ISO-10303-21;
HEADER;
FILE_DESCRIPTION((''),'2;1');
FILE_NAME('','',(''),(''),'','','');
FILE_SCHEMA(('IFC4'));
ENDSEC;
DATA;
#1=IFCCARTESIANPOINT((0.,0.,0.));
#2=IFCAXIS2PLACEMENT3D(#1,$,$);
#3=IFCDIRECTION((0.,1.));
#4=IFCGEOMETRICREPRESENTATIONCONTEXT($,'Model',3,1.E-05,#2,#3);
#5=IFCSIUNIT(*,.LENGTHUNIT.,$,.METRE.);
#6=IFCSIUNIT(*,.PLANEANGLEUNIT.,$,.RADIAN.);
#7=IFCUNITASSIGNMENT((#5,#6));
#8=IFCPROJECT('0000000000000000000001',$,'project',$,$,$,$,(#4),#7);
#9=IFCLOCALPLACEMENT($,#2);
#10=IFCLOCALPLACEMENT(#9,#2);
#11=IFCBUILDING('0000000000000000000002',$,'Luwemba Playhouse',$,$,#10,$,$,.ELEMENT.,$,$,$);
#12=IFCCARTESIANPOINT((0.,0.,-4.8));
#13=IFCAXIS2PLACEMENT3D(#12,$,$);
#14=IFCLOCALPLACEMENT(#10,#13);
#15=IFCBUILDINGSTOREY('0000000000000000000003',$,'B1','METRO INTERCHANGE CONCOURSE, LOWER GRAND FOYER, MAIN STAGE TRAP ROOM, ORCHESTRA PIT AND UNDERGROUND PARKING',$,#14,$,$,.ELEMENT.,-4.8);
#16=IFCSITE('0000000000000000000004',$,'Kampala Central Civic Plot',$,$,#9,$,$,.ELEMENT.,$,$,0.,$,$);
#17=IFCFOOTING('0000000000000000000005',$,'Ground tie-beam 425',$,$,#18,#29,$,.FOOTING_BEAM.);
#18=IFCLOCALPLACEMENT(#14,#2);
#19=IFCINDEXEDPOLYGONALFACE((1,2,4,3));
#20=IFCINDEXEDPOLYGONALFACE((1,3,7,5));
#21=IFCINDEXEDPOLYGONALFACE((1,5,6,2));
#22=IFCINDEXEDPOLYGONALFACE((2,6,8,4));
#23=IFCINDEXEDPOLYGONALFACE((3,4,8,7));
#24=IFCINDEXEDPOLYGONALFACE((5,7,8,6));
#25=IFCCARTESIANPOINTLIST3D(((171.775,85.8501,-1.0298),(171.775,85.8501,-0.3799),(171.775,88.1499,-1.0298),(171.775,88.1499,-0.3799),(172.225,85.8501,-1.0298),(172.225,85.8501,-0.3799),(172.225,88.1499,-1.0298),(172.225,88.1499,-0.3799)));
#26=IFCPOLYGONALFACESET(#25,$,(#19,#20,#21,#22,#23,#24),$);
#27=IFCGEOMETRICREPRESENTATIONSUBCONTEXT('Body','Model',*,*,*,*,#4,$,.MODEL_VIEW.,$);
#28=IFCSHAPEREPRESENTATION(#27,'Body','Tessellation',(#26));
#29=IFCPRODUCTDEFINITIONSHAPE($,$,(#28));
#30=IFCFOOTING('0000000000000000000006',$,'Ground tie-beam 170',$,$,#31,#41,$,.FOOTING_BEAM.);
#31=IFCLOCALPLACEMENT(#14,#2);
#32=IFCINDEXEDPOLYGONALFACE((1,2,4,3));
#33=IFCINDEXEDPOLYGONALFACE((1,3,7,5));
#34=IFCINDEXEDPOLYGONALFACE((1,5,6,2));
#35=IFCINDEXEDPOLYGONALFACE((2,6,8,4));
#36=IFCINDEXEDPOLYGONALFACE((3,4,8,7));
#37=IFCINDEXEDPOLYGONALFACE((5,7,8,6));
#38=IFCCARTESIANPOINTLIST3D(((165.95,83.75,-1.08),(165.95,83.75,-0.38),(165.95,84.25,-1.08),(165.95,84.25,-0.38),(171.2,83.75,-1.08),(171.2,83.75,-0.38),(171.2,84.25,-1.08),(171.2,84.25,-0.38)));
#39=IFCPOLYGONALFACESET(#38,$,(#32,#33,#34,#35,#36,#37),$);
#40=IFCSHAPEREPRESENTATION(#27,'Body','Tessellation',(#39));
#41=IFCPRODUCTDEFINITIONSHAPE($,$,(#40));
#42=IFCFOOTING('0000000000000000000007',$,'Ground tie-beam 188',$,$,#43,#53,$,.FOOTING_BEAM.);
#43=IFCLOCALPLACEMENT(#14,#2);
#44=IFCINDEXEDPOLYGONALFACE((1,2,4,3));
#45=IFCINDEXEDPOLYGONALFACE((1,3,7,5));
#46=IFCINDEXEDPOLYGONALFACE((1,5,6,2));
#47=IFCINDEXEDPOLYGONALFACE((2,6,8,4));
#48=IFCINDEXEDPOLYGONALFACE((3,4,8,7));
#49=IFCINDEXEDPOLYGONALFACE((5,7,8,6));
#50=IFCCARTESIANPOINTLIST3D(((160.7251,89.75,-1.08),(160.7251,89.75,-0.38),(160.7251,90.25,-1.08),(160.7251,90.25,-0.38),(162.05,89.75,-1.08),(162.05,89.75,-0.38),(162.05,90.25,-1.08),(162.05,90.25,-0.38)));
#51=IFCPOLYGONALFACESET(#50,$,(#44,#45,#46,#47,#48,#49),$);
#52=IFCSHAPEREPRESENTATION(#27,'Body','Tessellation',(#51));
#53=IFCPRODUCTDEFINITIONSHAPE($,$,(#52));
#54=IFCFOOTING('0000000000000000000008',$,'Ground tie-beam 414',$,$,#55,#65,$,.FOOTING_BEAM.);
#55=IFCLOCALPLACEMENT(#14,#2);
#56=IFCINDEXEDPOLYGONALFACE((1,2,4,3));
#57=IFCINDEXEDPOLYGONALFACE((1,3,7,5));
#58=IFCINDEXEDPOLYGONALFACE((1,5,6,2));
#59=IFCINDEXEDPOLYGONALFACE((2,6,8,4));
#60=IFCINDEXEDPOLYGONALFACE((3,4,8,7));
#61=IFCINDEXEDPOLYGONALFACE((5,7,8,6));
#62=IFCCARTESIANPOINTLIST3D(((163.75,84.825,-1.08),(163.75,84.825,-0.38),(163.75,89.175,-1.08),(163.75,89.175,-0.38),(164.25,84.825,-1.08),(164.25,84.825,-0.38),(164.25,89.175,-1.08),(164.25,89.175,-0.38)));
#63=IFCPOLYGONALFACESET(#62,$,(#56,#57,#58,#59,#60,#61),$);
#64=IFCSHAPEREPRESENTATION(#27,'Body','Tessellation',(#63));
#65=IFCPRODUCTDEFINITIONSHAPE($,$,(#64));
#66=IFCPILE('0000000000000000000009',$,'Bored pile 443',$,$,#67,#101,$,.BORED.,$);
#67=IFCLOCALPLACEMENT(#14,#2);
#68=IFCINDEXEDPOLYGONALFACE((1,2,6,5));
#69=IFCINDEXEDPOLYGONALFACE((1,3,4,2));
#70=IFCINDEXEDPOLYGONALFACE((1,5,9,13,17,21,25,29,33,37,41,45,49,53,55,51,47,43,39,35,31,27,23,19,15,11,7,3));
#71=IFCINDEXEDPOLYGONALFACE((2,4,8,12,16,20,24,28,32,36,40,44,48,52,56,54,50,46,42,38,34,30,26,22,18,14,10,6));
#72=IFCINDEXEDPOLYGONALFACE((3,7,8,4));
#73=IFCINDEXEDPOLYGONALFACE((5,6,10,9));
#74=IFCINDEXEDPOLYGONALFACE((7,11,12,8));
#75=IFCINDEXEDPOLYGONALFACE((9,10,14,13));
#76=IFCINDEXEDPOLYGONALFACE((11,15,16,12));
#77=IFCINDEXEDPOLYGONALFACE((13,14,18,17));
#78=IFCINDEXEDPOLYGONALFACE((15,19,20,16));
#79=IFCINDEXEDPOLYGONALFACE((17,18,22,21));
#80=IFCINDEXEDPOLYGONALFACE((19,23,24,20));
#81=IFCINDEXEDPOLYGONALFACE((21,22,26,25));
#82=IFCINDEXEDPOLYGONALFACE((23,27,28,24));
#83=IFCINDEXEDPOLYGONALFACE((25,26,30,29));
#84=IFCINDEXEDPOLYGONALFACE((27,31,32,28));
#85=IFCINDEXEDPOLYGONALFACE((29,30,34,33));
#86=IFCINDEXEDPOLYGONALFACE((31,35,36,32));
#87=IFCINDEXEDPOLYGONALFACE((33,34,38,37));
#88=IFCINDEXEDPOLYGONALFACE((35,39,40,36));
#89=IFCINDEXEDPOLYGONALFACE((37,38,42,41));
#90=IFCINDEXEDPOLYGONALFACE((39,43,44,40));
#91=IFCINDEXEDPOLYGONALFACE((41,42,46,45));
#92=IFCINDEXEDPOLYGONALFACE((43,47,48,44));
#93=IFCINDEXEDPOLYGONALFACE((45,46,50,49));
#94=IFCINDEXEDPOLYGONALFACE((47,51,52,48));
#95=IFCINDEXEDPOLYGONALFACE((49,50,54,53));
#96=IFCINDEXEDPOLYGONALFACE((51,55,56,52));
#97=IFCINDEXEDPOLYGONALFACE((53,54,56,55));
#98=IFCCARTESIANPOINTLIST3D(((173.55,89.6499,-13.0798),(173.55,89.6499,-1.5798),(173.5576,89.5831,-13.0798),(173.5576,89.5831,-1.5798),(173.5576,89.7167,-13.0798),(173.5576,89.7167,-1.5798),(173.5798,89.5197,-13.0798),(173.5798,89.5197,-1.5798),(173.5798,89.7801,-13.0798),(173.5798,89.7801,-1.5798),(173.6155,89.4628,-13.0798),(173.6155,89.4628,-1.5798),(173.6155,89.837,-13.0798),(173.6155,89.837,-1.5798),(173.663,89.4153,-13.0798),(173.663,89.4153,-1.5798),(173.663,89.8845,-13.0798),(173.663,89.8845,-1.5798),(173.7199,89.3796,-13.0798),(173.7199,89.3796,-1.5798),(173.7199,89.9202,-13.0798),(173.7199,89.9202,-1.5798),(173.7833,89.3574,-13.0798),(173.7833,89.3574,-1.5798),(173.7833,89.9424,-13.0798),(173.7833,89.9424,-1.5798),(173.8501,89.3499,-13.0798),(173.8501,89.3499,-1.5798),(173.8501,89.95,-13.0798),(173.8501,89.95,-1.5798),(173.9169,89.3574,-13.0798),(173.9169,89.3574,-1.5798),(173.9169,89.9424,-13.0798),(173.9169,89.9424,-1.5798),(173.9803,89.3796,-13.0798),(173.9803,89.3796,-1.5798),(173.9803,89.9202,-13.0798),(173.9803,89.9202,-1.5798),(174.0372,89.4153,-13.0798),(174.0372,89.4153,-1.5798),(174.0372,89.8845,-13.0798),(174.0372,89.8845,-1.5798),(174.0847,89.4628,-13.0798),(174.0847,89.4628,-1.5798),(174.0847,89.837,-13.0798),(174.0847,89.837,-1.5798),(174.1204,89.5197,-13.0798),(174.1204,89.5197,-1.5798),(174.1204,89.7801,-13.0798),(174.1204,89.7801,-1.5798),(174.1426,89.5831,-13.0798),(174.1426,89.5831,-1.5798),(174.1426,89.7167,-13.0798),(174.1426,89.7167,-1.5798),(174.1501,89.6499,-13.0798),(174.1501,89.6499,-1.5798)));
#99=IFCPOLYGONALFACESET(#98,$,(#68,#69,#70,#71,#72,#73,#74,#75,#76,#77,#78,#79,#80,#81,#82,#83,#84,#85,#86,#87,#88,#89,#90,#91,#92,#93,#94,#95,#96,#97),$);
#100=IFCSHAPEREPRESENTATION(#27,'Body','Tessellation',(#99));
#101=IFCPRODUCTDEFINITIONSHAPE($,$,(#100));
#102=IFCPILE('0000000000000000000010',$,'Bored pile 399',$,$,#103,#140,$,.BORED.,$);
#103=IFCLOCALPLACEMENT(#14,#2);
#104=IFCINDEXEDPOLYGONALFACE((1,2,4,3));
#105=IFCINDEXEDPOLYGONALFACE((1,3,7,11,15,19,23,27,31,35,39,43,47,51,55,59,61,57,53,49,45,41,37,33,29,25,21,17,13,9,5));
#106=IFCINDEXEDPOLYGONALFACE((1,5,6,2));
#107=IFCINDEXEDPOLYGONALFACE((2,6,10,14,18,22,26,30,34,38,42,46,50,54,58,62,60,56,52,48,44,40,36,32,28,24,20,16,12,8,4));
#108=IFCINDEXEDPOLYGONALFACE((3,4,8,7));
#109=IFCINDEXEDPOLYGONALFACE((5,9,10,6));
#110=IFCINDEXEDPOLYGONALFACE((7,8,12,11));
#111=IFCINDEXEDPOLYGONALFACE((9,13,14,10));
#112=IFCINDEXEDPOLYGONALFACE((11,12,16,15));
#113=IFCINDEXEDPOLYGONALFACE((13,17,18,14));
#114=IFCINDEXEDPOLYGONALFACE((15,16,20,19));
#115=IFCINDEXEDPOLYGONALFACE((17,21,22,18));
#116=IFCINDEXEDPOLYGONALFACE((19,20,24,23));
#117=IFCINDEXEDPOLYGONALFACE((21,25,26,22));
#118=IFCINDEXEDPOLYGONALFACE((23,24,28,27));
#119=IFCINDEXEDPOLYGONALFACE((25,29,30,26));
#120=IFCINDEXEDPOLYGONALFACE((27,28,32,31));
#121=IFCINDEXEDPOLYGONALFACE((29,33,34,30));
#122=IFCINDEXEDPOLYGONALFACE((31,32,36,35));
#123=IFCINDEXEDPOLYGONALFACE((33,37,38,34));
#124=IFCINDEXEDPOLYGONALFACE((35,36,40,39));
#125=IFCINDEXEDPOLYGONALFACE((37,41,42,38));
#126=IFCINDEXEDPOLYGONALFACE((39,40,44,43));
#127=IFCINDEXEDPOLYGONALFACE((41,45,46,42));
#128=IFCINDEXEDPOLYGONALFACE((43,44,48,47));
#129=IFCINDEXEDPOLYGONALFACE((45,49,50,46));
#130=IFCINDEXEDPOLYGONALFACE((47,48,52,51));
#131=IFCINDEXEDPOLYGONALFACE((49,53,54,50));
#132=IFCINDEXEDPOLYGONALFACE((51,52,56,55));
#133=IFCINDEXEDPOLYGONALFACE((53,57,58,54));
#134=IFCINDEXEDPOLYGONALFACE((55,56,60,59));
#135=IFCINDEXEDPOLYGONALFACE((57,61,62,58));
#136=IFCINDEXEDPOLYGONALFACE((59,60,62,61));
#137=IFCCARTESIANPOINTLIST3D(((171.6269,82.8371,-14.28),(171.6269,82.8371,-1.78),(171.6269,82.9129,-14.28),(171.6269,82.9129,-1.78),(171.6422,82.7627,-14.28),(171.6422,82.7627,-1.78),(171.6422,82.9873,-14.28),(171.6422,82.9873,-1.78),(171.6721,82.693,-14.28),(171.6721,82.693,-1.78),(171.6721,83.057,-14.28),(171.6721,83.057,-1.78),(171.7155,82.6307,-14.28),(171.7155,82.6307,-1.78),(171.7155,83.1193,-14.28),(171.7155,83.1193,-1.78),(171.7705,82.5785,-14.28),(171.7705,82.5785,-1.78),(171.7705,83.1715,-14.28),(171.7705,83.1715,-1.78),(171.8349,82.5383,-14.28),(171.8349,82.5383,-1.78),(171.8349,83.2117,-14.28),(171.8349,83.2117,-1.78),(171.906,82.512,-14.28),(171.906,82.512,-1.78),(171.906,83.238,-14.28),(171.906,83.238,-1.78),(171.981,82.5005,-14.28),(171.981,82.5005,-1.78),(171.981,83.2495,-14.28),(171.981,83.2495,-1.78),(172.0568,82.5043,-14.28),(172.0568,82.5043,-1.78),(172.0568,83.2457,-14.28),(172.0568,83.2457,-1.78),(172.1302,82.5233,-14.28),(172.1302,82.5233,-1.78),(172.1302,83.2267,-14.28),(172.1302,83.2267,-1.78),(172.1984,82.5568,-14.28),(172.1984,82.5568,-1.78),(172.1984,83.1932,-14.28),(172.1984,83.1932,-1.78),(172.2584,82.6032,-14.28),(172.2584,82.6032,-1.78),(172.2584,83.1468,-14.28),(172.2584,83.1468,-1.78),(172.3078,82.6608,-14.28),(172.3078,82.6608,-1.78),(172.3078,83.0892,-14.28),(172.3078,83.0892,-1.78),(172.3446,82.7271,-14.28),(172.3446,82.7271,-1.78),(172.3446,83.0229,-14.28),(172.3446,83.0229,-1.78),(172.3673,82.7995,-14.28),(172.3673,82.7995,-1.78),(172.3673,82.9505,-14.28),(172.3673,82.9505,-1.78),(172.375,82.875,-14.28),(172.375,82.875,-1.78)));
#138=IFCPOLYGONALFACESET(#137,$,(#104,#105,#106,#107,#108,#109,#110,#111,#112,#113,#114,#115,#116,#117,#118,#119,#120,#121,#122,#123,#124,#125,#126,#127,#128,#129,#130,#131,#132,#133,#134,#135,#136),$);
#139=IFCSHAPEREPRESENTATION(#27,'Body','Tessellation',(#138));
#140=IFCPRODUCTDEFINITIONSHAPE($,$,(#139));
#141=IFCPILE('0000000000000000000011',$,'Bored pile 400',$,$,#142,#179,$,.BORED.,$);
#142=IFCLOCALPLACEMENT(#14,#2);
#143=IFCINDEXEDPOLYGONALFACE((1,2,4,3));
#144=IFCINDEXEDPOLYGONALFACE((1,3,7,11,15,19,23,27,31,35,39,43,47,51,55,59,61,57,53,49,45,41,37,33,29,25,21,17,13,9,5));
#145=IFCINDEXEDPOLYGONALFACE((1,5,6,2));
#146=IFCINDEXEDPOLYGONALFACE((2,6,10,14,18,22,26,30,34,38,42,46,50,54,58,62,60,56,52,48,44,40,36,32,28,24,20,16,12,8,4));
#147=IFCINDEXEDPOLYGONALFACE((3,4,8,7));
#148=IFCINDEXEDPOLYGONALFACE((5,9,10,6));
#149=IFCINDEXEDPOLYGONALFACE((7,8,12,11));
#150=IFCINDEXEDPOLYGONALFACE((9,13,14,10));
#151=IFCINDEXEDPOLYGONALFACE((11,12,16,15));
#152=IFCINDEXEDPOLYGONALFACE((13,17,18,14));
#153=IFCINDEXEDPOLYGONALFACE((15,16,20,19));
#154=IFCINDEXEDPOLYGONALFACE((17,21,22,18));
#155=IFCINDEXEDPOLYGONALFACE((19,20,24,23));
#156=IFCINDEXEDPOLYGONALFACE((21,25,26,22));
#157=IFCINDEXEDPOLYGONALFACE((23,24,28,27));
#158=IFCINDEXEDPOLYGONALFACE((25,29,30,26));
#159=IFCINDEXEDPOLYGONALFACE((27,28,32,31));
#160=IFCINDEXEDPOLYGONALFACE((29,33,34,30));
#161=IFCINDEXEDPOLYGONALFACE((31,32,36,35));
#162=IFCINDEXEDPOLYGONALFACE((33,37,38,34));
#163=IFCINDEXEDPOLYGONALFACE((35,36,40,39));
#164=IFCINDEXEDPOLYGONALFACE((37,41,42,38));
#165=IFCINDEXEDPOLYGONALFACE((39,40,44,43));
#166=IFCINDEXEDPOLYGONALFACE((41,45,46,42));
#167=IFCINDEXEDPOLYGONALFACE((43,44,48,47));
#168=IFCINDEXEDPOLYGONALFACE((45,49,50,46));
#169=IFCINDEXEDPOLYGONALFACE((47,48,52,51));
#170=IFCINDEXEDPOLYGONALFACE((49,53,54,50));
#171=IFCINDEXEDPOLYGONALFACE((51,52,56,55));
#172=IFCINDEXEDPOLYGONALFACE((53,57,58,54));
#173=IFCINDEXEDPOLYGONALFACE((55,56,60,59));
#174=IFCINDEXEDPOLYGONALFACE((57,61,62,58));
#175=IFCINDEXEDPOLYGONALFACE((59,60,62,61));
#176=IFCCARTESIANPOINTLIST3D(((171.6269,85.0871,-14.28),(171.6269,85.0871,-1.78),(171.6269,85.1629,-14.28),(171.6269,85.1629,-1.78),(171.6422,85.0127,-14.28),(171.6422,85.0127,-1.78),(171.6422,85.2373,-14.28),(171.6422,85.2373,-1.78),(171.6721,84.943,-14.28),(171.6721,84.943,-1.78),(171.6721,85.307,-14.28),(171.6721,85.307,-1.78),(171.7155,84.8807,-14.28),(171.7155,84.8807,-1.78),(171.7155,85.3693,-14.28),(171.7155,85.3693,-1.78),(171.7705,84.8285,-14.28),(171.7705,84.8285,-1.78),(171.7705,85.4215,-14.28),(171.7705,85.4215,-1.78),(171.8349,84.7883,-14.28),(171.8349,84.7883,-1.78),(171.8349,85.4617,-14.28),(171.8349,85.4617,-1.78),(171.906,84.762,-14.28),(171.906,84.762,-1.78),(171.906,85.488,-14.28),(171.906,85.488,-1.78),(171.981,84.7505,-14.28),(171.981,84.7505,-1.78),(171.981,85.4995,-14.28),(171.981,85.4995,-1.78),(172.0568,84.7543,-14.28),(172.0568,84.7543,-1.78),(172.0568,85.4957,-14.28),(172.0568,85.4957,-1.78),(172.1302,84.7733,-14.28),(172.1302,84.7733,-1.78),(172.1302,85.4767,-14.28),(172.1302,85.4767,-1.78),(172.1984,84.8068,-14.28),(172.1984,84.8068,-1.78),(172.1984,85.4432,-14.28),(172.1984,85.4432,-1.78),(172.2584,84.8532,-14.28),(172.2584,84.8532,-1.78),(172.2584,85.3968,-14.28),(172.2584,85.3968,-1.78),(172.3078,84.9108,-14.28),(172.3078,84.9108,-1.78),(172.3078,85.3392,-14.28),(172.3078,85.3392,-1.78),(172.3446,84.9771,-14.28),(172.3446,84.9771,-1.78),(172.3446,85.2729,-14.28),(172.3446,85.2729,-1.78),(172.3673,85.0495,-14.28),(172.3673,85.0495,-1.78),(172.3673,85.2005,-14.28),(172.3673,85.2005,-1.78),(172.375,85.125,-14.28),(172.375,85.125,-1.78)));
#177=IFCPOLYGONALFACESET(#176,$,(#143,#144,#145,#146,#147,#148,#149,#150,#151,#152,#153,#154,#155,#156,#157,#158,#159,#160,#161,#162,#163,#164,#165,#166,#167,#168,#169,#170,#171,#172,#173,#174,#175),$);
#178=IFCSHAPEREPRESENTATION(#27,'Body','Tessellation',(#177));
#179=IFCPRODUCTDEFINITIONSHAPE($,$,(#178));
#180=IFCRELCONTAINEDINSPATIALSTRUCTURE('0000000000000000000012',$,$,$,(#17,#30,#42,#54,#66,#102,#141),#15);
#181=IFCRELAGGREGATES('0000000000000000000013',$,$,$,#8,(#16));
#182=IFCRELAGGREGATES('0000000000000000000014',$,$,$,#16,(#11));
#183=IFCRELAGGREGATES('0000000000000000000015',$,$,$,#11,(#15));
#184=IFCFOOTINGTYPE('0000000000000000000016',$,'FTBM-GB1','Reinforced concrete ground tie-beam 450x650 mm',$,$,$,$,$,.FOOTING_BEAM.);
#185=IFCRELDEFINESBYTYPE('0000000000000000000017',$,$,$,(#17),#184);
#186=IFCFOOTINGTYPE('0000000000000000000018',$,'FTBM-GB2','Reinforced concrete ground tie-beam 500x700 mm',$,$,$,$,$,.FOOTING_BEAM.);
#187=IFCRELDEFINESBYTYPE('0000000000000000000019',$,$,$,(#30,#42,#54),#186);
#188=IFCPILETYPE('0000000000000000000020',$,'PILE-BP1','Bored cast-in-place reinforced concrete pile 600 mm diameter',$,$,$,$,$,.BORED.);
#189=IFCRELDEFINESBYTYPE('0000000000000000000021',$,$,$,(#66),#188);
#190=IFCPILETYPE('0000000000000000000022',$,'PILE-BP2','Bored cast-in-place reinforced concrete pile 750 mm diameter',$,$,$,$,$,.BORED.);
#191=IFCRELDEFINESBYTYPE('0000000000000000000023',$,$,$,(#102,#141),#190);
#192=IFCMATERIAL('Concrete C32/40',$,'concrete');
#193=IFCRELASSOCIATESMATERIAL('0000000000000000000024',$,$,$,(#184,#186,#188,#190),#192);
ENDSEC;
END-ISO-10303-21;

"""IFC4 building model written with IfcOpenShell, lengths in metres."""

from ifc_helpers import new_model, si_unit, direction, frame, origin, origin_2d, place, context, subcontext, project, spatial, rectangle, circle, extrude, material, material_profile, profile_set, type_object, element, save


model = new_model("IFC4")

# Units and contexts
model_context = context("Model", 3, precision=1e-05, world=origin(), true_north=direction((0.0, 1.0)))
body_context = subcontext(model_context, "Body", "Model", "MODEL_VIEW")
ifc_project = project(units=[si_unit("LENGTHUNIT", "METRE"), si_unit("PLANEANGLEUNIT", "RADIAN")], contexts=[model_context])

# Site, building, storey
site_placement = place(None, origin())
site = spatial("IfcSite", under=ifc_project, at=site_placement, Name="Kampala Central Civic Plot", CompositionType="ELEMENT", RefElevation=0.0)
building_placement = place(site_placement, origin())
building = spatial("IfcBuilding", under=site, at=building_placement, Name="Luwemba Playhouse", CompositionType="ELEMENT")
storey_placement = place(building_placement, frame((0.0, 0.0, -4.8)))
storey = spatial("IfcBuildingStorey", under=building, at=storey_placement, Name="B1", Description="METRO INTERCHANGE CONCOURSE, LOWER GRAND FOYER, MAIN STAGE TRAP ROOM, ORCHESTRA PIT AND UNDERGROUND PARKING", CompositionType="ELEMENT", Elevation=-4.8)

# Footings
ifc_material_1 = material(Name="Concrete C32/40", Category="concrete")
ifc_material_profile_1 = material_profile(ifc_material_1, rectangle(XDim=0.45, YDim=0.6499, at=origin_2d()))
ifc_profile_set_1 = profile_set([ifc_material_profile_1], Name="Concrete C32/40")
footing_type_1 = type_object("IfcFootingType", Name="FTBM-GB1", Description="Reinforced concrete ground tie-beam 450x650 mm", PredefinedType="FOOTING_BEAM", material=ifc_profile_set_1)
footing_1_placement = place(storey_placement, frame((172.0, 85.8501, -0.7048), z_axis=(0.0, 1.0, 0.0), x_axis=(-1.0, 0.0, 0.0)))
element("IfcFooting", 1, at=footing_1_placement, inside=storey, type_object=footing_type_1, Name="Ground tie-beam 425", PredefinedType="FOOTING_BEAM", context=body_context, shape_type="SweptSolid", body=[
    extrude(rectangle(XDim=0.45, YDim=0.6499, at=origin_2d()), origin(), (0.0, 0.0, 1.0), 2.2998),
])
ifc_material_profile_2 = material_profile(ifc_material_1, rectangle(XDim=0.5, YDim=0.7, at=origin_2d()))
ifc_profile_set_2 = profile_set([ifc_material_profile_2], Name="Concrete C32/40")
footing_type_2 = type_object("IfcFootingType", Name="FTBM-GB2", Description="Reinforced concrete ground tie-beam 500x700 mm", PredefinedType="FOOTING_BEAM", material=ifc_profile_set_2)
footing_2_placement = place(storey_placement, frame((165.95, 84.0, -0.73), z_axis=(1.0, 0.0, 0.0), x_axis=(0.0, 1.0, 0.0)))
element("IfcFooting", 2, at=footing_2_placement, inside=storey, type_object=footing_type_2, Name="Ground tie-beam 170", PredefinedType="FOOTING_BEAM", context=body_context, shape_type="SweptSolid", body=[
    extrude(rectangle(XDim=0.5, YDim=0.7, at=origin_2d()), origin(), (0.0, 0.0, 1.0), 5.25),
])
footing_3_placement = place(storey_placement, frame((160.7251, 90.0, -0.73), z_axis=(1.0, 0.0, 0.0), x_axis=(0.0, 1.0, 0.0)))
element("IfcFooting", 3, at=footing_3_placement, inside=storey, type_object=footing_type_2, Name="Ground tie-beam 188", PredefinedType="FOOTING_BEAM", context=body_context, shape_type="SweptSolid", body=[
    extrude(rectangle(XDim=0.5, YDim=0.7, at=origin_2d()), origin(), (0.0, 0.0, 1.0), 1.325),
])
footing_4_placement = place(storey_placement, frame((164.0, 84.825, -0.73), z_axis=(0.0, 1.0, 0.0), x_axis=(-1.0, 0.0, 0.0)))
element("IfcFooting", 4, at=footing_4_placement, inside=storey, type_object=footing_type_2, Name="Ground tie-beam 414", PredefinedType="FOOTING_BEAM", context=body_context, shape_type="SweptSolid", body=[
    extrude(rectangle(XDim=0.5, YDim=0.7, at=origin_2d()), origin(), (0.0, 0.0, 1.0), 4.3501),
])

# Piles
ifc_material_profile_3 = material_profile(ifc_material_1, circle(Radius=0.3, at=origin_2d()))
ifc_profile_set_3 = profile_set([ifc_material_profile_3], Name="Concrete C32/40")
pile_type_1 = type_object("IfcPileType", Name="PILE-BP1", Description="Bored cast-in-place reinforced concrete pile 600 mm diameter", PredefinedType="BORED", material=ifc_profile_set_3)
pile_placement = place(storey_placement, frame((173.8501, 89.6499, -1.5798), z_axis=(0.0, 0.0, -1.0), x_axis=(1.0, 0.0, 0.0)))
element("IfcPile", 5, at=pile_placement, inside=storey, type_object=pile_type_1, Name="Bored pile 443", PredefinedType="BORED", context=body_context, shape_type="SweptSolid", body=[
    extrude(circle(Radius=0.3, at=origin_2d()), origin(), (0.0, 0.0, 1.0), 11.5),
])
ifc_material_profile_4 = material_profile(ifc_material_1, circle(Radius=0.375, at=origin_2d()))
ifc_profile_set_4 = profile_set([ifc_material_profile_4], Name="Concrete C32/40")
pile_type_2 = type_object("IfcPileType", Name="PILE-BP2", Description="Bored cast-in-place reinforced concrete pile 750 mm diameter", PredefinedType="BORED", material=ifc_profile_set_4)
for number, where, z_axis, x_axis, name in (
    (6, (172.0, 82.875, -1.78), (0.0, 0.0, -1.0), (1.0, 0.0, 0.0), "Bored pile 399"),
    (7, (172.0, 85.125, -1.78), (0.0, 0.0, -1.0), (1.0, 0.0, 0.0), "Bored pile 400"),
):
    element("IfcPile", number, at=place(storey_placement, frame(where, z_axis=z_axis, x_axis=x_axis)), inside=storey, type_object=pile_type_2, Name=name, PredefinedType="BORED", context=body_context, shape_type="SweptSolid", body=[
        extrude(circle(Radius=0.375, at=origin_2d()), origin(), (0.0, 0.0, 1.0), 12.5),
    ])

save(model, "model.ifc")
